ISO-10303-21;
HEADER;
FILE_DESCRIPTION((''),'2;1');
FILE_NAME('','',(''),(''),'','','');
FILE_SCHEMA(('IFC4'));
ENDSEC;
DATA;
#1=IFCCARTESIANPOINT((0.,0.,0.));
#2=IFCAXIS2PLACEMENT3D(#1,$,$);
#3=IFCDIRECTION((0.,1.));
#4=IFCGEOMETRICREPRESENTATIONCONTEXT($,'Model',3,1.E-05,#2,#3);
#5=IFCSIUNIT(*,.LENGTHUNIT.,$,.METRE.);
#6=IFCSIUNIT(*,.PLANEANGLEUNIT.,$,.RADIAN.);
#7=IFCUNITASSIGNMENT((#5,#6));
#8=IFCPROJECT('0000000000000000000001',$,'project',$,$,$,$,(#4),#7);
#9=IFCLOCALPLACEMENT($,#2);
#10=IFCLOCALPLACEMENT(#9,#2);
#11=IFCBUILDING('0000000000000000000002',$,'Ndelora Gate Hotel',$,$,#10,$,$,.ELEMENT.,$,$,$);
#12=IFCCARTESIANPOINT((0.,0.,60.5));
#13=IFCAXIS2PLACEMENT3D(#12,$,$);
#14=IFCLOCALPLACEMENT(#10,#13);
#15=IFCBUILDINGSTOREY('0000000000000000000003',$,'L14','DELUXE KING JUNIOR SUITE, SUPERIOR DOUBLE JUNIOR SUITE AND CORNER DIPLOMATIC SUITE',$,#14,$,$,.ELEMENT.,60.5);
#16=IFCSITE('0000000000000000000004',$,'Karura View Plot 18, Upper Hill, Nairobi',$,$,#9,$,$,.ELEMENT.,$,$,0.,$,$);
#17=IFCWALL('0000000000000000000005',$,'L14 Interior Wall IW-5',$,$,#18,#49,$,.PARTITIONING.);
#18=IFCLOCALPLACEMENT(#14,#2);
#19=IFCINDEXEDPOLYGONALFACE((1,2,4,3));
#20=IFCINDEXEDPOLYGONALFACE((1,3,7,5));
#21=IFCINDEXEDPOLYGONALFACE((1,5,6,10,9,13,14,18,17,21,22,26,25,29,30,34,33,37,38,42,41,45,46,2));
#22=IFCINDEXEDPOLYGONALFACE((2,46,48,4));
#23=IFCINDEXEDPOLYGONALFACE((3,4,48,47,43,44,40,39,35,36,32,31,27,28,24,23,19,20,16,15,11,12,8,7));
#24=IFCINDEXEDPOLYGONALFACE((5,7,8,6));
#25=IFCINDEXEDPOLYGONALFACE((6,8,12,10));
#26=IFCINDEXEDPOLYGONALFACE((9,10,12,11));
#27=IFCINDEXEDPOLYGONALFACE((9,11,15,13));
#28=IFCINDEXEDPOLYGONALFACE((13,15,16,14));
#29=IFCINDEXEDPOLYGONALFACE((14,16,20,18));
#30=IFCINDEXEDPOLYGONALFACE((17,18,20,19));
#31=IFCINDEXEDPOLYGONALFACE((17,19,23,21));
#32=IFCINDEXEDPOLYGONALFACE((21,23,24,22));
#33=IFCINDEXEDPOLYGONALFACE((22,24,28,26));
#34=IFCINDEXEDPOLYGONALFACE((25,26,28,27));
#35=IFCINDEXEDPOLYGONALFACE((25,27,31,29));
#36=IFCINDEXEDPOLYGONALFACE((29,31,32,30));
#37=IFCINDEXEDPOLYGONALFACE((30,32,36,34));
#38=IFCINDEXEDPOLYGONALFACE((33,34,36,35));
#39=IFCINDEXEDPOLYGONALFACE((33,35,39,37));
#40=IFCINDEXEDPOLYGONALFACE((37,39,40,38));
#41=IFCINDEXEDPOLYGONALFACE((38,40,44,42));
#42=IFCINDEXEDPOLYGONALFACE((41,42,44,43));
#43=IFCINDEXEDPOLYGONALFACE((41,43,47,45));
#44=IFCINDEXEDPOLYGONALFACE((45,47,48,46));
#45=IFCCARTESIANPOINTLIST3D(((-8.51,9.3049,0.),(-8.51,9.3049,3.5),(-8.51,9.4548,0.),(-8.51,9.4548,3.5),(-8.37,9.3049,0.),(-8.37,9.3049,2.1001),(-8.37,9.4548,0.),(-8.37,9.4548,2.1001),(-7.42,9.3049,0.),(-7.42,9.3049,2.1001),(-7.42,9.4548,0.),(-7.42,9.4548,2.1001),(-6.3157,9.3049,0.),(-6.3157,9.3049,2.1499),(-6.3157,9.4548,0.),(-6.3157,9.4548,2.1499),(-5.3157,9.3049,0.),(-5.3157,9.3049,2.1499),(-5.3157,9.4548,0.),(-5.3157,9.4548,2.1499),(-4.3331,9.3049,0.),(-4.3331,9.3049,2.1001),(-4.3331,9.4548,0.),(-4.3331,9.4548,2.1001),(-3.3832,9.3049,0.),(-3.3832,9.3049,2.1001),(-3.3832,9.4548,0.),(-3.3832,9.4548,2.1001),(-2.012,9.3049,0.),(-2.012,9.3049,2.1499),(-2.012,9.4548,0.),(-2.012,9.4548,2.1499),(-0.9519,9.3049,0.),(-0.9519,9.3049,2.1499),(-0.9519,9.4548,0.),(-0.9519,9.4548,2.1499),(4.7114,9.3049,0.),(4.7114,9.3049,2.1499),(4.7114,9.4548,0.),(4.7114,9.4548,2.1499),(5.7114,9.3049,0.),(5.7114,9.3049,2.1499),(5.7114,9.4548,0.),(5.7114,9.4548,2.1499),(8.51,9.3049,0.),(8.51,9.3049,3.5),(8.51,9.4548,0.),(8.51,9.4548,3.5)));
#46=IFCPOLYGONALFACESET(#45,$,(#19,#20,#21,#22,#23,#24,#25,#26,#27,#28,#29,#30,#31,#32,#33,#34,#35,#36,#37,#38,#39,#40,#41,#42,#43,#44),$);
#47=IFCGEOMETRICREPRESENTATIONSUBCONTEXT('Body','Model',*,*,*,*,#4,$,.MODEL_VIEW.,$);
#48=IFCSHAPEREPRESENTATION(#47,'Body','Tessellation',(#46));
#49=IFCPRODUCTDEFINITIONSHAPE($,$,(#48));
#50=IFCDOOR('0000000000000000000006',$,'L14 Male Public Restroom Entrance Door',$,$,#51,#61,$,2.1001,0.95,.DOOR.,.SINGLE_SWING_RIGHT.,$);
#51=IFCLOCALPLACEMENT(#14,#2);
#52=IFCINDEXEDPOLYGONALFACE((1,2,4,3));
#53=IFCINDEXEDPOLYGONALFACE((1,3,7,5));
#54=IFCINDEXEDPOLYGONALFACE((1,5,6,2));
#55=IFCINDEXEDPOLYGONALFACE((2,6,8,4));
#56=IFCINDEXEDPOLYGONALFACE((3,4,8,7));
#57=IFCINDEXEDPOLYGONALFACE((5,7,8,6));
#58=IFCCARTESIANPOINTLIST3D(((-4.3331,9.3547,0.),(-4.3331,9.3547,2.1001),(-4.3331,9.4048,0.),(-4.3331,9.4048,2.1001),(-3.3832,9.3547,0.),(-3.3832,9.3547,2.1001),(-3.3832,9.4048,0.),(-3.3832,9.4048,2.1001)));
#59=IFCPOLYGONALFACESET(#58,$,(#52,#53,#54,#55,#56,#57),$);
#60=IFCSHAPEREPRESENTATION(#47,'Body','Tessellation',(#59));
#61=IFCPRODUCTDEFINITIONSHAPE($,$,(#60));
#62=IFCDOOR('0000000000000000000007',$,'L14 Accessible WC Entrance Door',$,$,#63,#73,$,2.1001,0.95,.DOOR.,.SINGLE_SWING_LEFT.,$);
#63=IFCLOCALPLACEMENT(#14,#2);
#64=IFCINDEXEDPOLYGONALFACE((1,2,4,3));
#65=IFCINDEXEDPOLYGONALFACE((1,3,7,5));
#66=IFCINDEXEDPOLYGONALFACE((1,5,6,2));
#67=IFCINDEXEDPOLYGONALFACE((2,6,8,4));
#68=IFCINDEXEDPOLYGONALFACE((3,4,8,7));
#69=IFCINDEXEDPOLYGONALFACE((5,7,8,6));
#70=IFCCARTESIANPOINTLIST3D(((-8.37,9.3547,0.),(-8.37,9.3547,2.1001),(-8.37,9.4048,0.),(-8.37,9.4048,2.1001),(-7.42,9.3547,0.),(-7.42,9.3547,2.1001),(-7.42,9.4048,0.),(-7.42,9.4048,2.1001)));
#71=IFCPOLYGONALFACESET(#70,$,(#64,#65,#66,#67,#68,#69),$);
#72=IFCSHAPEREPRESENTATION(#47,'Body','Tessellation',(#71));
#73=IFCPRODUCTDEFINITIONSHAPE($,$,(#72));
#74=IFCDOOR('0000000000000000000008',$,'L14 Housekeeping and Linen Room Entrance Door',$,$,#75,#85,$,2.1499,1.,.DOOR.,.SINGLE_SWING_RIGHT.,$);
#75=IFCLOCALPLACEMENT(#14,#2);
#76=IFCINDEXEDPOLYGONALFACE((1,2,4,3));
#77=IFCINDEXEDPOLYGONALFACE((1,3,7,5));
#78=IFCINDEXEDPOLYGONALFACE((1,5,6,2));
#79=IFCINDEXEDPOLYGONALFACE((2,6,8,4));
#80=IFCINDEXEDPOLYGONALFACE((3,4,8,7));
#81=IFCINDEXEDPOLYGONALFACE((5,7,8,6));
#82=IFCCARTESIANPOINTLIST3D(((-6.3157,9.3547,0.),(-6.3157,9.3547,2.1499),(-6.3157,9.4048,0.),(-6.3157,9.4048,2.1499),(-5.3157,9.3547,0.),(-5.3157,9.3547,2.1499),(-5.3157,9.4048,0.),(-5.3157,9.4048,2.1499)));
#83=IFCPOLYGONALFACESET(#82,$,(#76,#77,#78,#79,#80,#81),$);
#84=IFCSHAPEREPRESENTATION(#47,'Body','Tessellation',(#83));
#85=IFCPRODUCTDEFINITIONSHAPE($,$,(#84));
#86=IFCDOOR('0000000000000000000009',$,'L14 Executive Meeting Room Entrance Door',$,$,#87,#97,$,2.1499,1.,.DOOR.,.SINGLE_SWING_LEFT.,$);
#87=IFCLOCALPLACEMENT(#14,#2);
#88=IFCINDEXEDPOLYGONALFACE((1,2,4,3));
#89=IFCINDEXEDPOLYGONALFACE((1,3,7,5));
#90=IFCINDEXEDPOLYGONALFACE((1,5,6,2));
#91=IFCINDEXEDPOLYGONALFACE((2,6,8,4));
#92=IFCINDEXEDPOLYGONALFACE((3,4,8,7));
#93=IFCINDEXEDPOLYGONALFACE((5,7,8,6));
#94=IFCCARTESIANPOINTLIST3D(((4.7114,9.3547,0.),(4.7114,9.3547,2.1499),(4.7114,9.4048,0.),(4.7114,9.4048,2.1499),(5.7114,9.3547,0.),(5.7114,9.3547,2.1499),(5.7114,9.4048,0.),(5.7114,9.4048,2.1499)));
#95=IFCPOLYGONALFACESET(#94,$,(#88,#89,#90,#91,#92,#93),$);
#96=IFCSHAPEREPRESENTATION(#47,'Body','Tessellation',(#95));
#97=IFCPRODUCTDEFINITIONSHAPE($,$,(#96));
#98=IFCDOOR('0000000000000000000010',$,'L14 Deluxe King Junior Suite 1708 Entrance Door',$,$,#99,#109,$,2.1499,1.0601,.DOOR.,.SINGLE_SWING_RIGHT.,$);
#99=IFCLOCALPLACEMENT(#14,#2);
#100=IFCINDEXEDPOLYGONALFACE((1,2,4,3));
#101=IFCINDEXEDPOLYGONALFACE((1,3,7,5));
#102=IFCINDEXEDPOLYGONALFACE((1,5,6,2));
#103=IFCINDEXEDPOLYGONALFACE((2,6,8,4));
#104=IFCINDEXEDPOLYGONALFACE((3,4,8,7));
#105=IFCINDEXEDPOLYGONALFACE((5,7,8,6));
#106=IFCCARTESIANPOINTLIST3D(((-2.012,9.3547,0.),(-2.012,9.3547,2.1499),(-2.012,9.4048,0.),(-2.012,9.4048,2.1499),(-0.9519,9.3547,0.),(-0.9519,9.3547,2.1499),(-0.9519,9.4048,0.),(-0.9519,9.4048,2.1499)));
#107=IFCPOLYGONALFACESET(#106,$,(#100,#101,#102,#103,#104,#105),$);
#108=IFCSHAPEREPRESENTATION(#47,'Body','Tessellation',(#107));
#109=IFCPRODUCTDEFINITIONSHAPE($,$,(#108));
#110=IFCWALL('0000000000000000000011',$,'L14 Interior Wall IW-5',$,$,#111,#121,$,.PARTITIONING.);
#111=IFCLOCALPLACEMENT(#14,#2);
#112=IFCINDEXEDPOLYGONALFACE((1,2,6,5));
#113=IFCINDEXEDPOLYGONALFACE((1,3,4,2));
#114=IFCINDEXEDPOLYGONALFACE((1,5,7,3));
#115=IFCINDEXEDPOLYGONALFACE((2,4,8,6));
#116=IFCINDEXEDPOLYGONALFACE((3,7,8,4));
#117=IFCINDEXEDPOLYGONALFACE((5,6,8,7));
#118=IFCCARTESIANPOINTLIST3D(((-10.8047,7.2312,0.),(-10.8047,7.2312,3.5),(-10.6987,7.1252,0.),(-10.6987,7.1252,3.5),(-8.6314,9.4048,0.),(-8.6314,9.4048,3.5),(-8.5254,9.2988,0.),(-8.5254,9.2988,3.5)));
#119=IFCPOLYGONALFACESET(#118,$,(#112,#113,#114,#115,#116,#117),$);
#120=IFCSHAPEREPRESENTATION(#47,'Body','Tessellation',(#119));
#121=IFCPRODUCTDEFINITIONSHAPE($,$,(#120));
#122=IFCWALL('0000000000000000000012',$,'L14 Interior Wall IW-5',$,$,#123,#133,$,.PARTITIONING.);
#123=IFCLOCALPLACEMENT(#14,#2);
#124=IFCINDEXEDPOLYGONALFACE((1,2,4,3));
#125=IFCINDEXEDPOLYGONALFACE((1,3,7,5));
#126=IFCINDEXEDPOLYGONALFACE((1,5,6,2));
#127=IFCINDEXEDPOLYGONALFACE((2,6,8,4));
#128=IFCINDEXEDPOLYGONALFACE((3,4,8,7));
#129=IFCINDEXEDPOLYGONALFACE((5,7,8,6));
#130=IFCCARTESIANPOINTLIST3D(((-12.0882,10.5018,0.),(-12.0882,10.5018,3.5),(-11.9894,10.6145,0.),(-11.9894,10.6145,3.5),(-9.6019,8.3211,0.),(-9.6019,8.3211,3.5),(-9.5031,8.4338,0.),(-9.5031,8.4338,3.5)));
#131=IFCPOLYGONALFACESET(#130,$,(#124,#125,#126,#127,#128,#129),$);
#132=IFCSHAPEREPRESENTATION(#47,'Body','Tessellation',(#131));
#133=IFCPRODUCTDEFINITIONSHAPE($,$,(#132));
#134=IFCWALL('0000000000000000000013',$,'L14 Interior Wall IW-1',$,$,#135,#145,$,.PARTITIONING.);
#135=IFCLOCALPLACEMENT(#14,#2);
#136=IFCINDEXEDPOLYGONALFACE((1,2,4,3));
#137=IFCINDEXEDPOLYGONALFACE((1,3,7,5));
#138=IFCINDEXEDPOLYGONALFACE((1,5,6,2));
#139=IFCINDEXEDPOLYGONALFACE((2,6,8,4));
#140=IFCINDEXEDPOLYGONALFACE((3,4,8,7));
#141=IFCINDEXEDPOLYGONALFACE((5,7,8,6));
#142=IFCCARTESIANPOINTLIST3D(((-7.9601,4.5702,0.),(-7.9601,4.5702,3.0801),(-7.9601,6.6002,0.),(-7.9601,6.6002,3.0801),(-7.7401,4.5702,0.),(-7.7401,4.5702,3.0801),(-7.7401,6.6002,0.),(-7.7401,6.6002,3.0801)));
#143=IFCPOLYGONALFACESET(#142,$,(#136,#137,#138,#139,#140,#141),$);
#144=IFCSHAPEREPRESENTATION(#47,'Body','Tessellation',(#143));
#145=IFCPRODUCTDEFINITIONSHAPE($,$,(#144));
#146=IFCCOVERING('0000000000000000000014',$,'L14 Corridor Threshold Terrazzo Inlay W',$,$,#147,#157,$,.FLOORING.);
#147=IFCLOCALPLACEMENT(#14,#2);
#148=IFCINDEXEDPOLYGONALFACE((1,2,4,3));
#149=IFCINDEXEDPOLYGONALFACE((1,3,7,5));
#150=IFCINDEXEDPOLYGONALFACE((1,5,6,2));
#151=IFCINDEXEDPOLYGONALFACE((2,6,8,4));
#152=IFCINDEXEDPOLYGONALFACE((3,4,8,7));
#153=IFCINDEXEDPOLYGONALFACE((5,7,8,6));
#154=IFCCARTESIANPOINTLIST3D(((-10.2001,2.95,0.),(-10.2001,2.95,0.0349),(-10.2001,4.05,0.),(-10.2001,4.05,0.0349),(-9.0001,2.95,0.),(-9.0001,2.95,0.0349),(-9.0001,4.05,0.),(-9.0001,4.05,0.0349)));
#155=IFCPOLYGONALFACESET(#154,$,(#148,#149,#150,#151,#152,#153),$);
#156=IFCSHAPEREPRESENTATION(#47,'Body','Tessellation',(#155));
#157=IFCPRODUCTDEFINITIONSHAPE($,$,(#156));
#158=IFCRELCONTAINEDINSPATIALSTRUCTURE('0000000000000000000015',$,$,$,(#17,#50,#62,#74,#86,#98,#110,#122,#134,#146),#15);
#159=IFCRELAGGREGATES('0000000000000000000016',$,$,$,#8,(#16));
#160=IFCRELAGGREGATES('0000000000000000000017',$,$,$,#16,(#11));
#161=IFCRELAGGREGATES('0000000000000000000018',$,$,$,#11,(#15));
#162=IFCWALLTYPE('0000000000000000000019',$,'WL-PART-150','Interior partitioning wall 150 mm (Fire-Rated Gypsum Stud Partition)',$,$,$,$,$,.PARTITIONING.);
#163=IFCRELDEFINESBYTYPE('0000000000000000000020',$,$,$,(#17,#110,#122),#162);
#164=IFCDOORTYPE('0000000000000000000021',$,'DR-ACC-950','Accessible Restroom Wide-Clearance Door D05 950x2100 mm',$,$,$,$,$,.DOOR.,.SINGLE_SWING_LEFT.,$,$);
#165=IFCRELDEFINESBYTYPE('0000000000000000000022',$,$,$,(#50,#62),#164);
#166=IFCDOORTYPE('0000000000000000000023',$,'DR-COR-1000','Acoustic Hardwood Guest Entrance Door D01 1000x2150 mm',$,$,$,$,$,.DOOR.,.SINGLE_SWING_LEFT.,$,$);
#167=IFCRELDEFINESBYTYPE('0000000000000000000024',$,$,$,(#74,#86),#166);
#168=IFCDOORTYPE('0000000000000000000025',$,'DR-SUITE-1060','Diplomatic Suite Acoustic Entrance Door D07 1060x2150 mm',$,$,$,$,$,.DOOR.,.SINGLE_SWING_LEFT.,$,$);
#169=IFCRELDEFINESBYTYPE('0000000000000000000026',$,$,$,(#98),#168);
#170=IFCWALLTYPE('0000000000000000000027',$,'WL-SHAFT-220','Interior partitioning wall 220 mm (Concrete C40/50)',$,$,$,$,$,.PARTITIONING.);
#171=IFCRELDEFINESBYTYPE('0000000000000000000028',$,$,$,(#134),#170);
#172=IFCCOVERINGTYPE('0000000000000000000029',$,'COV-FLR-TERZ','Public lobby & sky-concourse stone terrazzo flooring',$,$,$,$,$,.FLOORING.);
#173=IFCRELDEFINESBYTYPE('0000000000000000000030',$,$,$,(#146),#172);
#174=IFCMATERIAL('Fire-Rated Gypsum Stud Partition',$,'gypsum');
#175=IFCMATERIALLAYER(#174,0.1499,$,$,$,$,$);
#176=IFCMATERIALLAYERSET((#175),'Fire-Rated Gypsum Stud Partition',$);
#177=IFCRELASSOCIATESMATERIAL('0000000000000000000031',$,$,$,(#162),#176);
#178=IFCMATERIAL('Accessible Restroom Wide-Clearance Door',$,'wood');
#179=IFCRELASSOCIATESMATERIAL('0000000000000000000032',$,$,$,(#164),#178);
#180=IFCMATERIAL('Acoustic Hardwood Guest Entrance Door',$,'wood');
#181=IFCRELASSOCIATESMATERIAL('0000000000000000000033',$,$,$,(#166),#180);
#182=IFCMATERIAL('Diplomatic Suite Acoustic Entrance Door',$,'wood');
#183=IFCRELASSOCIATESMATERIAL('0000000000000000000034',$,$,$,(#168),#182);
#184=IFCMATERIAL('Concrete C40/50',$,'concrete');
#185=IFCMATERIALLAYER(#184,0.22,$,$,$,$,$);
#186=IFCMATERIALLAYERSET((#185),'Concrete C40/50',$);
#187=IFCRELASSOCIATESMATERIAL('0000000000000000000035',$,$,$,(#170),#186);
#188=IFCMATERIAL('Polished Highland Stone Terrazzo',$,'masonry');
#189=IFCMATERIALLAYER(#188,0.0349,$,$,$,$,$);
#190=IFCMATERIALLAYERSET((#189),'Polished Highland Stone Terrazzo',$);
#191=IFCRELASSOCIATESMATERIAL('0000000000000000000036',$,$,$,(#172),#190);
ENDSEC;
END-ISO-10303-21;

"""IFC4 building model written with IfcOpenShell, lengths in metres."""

from ifc_helpers import new_model, si_unit, direction, frame, frame_2d, origin, origin_2d, place, context, subcontext, project, spatial, rectangle, extrude, material, layer, layer_set, type_object, element, fill, save


model = new_model("IFC4")

# Units and contexts
model_context = context("Model", 3, precision=1e-05, world=origin(), true_north=direction((0.0, 1.0)))
body_context = subcontext(model_context, "Body", "Model", "MODEL_VIEW")
ifc_project = project(units=[si_unit("LENGTHUNIT", "METRE"), si_unit("PLANEANGLEUNIT", "RADIAN")], contexts=[model_context])

# Site, building, storey
site_placement = place(None, origin())
site = spatial("IfcSite", under=ifc_project, at=site_placement, Name="Karura View Plot 18, Upper Hill, Nairobi", CompositionType="ELEMENT", RefElevation=0.0)
building_placement = place(site_placement, origin())
building = spatial("IfcBuilding", under=site, at=building_placement, Name="Ndelora Gate Hotel", CompositionType="ELEMENT")
storey_placement = place(building_placement, frame((0.0, 0.0, 60.5)))
storey = spatial("IfcBuildingStorey", under=building, at=storey_placement, Name="L14", Description="DELUXE KING JUNIOR SUITE, SUPERIOR DOUBLE JUNIOR SUITE AND CORNER DIPLOMATIC SUITE", CompositionType="ELEMENT", Elevation=60.5)

# Shared definitions
ifc_material_1 = material(Name="Concrete C40/50", Category="concrete")

# Wall, openings, doors
ifc_material_2 = material(Name="Fire-Rated Gypsum Stud Partition", Category="gypsum")
ifc_layer_1 = layer(ifc_material_2, 0.1499)
ifc_layer_set_1 = layer_set([ifc_layer_1], Name="Fire-Rated Gypsum Stud Partition")
wall_type_1 = type_object("IfcWallType", Name="WL-PART-150", Description="Interior partitioning wall 150 mm (Fire-Rated Gypsum Stud Partition)", PredefinedType="PARTITIONING", material=ifc_layer_set_1)
wall_1_placement = place(storey_placement, frame((-8.51, 9.3799, 0.0), z_axis=(0.0, 0.0, 1.0), x_axis=(1.0, 0.0, 0.0)))
wall_1 = element("IfcWall", 1, at=wall_1_placement, inside=storey, type_object=wall_type_1, Name="L14 Interior Wall IW-5", PredefinedType="PARTITIONING", context=body_context, shape_type="SweptSolid", body=[
    extrude(rectangle(XDim=17.02, YDim=0.1499, at=frame_2d((8.51, 0.0))), origin(), (0.0, 0.0, 1.0), 3.5),
])
opening_1_placement = place(wall_1_placement, frame((4.1768, 0.0, 0.0)))
opening_1 = element("IfcOpeningElement", 2, at=opening_1_placement, cuts=wall_1, PredefinedType="OPENING", context=body_context, shape_type="SweptSolid", body=[
    extrude(rectangle(XDim=0.95, YDim=2.1001, at=frame_2d((0.4751, 1.05))), frame((0.0, 0.085, 0.0), z_axis=(0.0, -1.0, 0.0), x_axis=(1.0, 0.0, 0.0)), (0.0, 0.0, 1.0), 0.1699),
])
opening_2_placement = place(wall_1_placement, frame((0.1399, 0.0, 0.0)))
opening_2 = element("IfcOpeningElement", 3, at=opening_2_placement, cuts=wall_1, PredefinedType="OPENING", context=body_context, shape_type="SweptSolid", body=[
    extrude(rectangle(XDim=0.95, YDim=2.1001, at=frame_2d((0.4751, 1.05))), frame((0.0, 0.085, 0.0), z_axis=(0.0, -1.0, 0.0), x_axis=(1.0, 0.0, 0.0)), (0.0, 0.0, 1.0), 0.1699),
])
opening_3_placement = place(wall_1_placement, frame((2.1943, 0.0, 0.0)))
opening_3 = element("IfcOpeningElement", 4, at=opening_3_placement, cuts=wall_1, PredefinedType="OPENING", context=body_context, shape_type="SweptSolid", body=[
    extrude(rectangle(XDim=1.0, YDim=2.1499, at=frame_2d((0.5, 1.075))), frame((0.0, 0.085, 0.0), z_axis=(0.0, -1.0, 0.0), x_axis=(1.0, 0.0, 0.0)), (0.0, 0.0, 1.0), 0.1699),
])
opening_4_placement = place(wall_1_placement, frame((13.2214, 0.0, 0.0)))
opening_4 = element("IfcOpeningElement", 5, at=opening_4_placement, cuts=wall_1, PredefinedType="OPENING", context=body_context, shape_type="SweptSolid", body=[
    extrude(rectangle(XDim=1.0, YDim=2.1499, at=frame_2d((0.5, 1.075))), frame((0.0, 0.085, 0.0), z_axis=(0.0, -1.0, 0.0), x_axis=(1.0, 0.0, 0.0)), (0.0, 0.0, 1.0), 0.1699),
])
opening_5_placement = place(wall_1_placement, frame((6.498, 0.0, 0.0)))
opening_5 = element("IfcOpeningElement", 6, at=opening_5_placement, cuts=wall_1, PredefinedType="OPENING", context=body_context, shape_type="SweptSolid", body=[
    extrude(rectangle(XDim=1.0601, YDim=2.1499, at=frame_2d((0.53, 1.075))), frame((0.0, 0.085, 0.0), z_axis=(0.0, -1.0, 0.0), x_axis=(1.0, 0.0, 0.0)), (0.0, 0.0, 1.0), 0.1699),
])
ifc_material_3 = material(Name="Accessible Restroom Wide-Clearance Door", Category="wood")
door_type_1 = type_object("IfcDoorType", Name="DR-ACC-950", Description="Accessible Restroom Wide-Clearance Door D05 950x2100 mm", OperationType="SINGLE_SWING_LEFT", PredefinedType="DOOR", material=ifc_material_3)
door_1_placement = place(opening_1_placement, origin())
door_1 = element("IfcDoor", 7, at=door_1_placement, inside=storey, type_object=door_type_1, Name="L14 Male Public Restroom Entrance Door", OperationType="SINGLE_SWING_RIGHT", OverallHeight=2.1001, OverallWidth=0.95, PredefinedType="DOOR", context=body_context, shape_type="SweptSolid", body=[
    extrude(rectangle(XDim=0.95, YDim=2.1001, at=frame_2d((0.4751, 1.05))), frame((0.0, 0.0249, 0.0), z_axis=(0.0, -1.0, 0.0), x_axis=(1.0, 0.0, 0.0)), (0.0, 0.0, 1.0), 0.05),
])
fill(opening_1, door_1)
door_2_placement = place(opening_2_placement, origin())
door_2 = element("IfcDoor", 8, at=door_2_placement, inside=storey, type_object=door_type_1, Name="L14 Accessible WC Entrance Door", OperationType="SINGLE_SWING_LEFT", OverallHeight=2.1001, OverallWidth=0.95, PredefinedType="DOOR", context=body_context, shape_type="SweptSolid", body=[
    extrude(rectangle(XDim=0.95, YDim=2.1001, at=frame_2d((0.4751, 1.05))), frame((0.0, 0.0249, 0.0), z_axis=(0.0, -1.0, 0.0), x_axis=(1.0, 0.0, 0.0)), (0.0, 0.0, 1.0), 0.05),
])
fill(opening_2, door_2)
ifc_material_4 = material(Name="Acoustic Hardwood Guest Entrance Door", Category="wood")
door_type_2 = type_object("IfcDoorType", Name="DR-COR-1000", Description="Acoustic Hardwood Guest Entrance Door D01 1000x2150 mm", OperationType="SINGLE_SWING_LEFT", PredefinedType="DOOR", material=ifc_material_4)
door_3_placement = place(opening_3_placement, origin())
door_3 = element("IfcDoor", 9, at=door_3_placement, inside=storey, type_object=door_type_2, Name="L14 Housekeeping and Linen Room Entrance Door", OperationType="SINGLE_SWING_RIGHT", OverallHeight=2.1499, OverallWidth=1.0, PredefinedType="DOOR", context=body_context, shape_type="SweptSolid", body=[
    extrude(rectangle(XDim=1.0, YDim=2.1499, at=frame_2d((0.5, 1.075))), frame((0.0, 0.0249, 0.0), z_axis=(0.0, -1.0, 0.0), x_axis=(1.0, 0.0, 0.0)), (0.0, 0.0, 1.0), 0.05),
])
fill(opening_3, door_3)
door_4_placement = place(opening_4_placement, origin())
door_4 = element("IfcDoor", 10, at=door_4_placement, inside=storey, type_object=door_type_2, Name="L14 Executive Meeting Room Entrance Door", OperationType="SINGLE_SWING_LEFT", OverallHeight=2.1499, OverallWidth=1.0, PredefinedType="DOOR", context=body_context, shape_type="SweptSolid", body=[
    extrude(rectangle(XDim=1.0, YDim=2.1499, at=frame_2d((0.5, 1.075))), frame((0.0, 0.0249, 0.0), z_axis=(0.0, -1.0, 0.0), x_axis=(1.0, 0.0, 0.0)), (0.0, 0.0, 1.0), 0.05),
])
fill(opening_4, door_4)
ifc_material_5 = material(Name="Diplomatic Suite Acoustic Entrance Door", Category="wood")
door_type_3 = type_object("IfcDoorType", Name="DR-SUITE-1060", Description="Diplomatic Suite Acoustic Entrance Door D07 1060x2150 mm", OperationType="SINGLE_SWING_LEFT", PredefinedType="DOOR", material=ifc_material_5)
door_5_placement = place(opening_5_placement, origin())
door_5 = element("IfcDoor", 11, at=door_5_placement, inside=storey, type_object=door_type_3, Name="L14 Deluxe King Junior Suite 1708 Entrance Door", OperationType="SINGLE_SWING_RIGHT", OverallHeight=2.1499, OverallWidth=1.0601, PredefinedType="DOOR", context=body_context, shape_type="SweptSolid", body=[
    extrude(rectangle(XDim=1.0601, YDim=2.1499, at=frame_2d((0.53, 1.075))), frame((0.0, 0.0249, 0.0), z_axis=(0.0, -1.0, 0.0), x_axis=(1.0, 0.0, 0.0)), (0.0, 0.0, 1.0), 0.05),
])
fill(opening_5, door_5)

# Walls
wall_2_placement = place(storey_placement, frame((-10.7517, 7.1782, 0.0), z_axis=(0.0, 0.0, 1.0), x_axis=(0.707067, 0.707146, 0.0)))
element("IfcWall", 12, at=wall_2_placement, inside=storey, type_object=wall_type_1, Name="L14 Interior Wall IW-5", PredefinedType="PARTITIONING", context=body_context, shape_type="SweptSolid", body=[
    extrude(rectangle(XDim=3.0737, YDim=0.1499, at=frame_2d((1.5369, 0.0))), origin(), (0.0, 0.0, 1.0), 3.5),
])
wall_3_placement = place(storey_placement, frame((-9.5525, 8.3774, 0.0), z_axis=(0.0, 0.0, 1.0), x_axis=(-0.751808, 0.659382, 0.0)))
element("IfcWall", 13, at=wall_3_placement, inside=storey, type_object=wall_type_1, Name="L14 Interior Wall IW-5", PredefinedType="PARTITIONING", context=body_context, shape_type="SweptSolid", body=[
    extrude(rectangle(XDim=3.3071, YDim=0.1499, at=frame_2d((1.6536, 0.0))), origin(), (0.0, 0.0, 1.0), 3.5),
])

# Shared definitions
ifc_layer_2 = layer(ifc_material_1, 0.22)
ifc_layer_set_2 = layer_set([ifc_layer_2], Name="Concrete C40/50")
wall_type_2 = type_object("IfcWallType", Name="WL-SHAFT-220", Description="Interior partitioning wall 220 mm (Concrete C40/50)", PredefinedType="PARTITIONING", material=ifc_layer_set_2)

# Wall
wall_4_placement = place(storey_placement, frame((-7.8501, 4.5701, 0.0), z_axis=(0.0, 0.0, 1.0), x_axis=(0.0, 1.0, 0.0)))
element("IfcWall", 14, at=wall_4_placement, inside=storey, type_object=wall_type_2, Name="L14 Interior Wall IW-1", PredefinedType="PARTITIONING", context=body_context, shape_type="SweptSolid", body=[
    extrude(rectangle(XDim=2.03, YDim=0.22, at=frame_2d((1.0151, 0.0))), origin(), (0.0, 0.0, 1.0), 3.0801),
])

# Covering
ifc_material_6 = material(Name="Polished Highland Stone Terrazzo", Category="masonry")
ifc_layer_3 = layer(ifc_material_6, 0.0349)
ifc_layer_set_3 = layer_set([ifc_layer_3], Name="Polished Highland Stone Terrazzo")
covering_type = type_object("IfcCoveringType", Name="COV-FLR-TERZ", Description="Public lobby & sky-concourse stone terrazzo flooring", PredefinedType="FLOORING", material=ifc_layer_set_3)
covering_placement = place(storey_placement, frame((-9.6001, 3.5, 0.0), z_axis=(0.0, 0.0, 1.0), x_axis=(1.0, 0.0, 0.0)))
element("IfcCovering", 15, at=covering_placement, inside=storey, type_object=covering_type, Name="L14 Corridor Threshold Terrazzo Inlay W", PredefinedType="FLOORING", context=body_context, shape_type="SweptSolid", body=[
    extrude(rectangle(XDim=1.2, YDim=1.1001, at=origin_2d()), origin(), (0.0, 0.0, 1.0), 0.0349),
])

save(model, "model.ifc")
